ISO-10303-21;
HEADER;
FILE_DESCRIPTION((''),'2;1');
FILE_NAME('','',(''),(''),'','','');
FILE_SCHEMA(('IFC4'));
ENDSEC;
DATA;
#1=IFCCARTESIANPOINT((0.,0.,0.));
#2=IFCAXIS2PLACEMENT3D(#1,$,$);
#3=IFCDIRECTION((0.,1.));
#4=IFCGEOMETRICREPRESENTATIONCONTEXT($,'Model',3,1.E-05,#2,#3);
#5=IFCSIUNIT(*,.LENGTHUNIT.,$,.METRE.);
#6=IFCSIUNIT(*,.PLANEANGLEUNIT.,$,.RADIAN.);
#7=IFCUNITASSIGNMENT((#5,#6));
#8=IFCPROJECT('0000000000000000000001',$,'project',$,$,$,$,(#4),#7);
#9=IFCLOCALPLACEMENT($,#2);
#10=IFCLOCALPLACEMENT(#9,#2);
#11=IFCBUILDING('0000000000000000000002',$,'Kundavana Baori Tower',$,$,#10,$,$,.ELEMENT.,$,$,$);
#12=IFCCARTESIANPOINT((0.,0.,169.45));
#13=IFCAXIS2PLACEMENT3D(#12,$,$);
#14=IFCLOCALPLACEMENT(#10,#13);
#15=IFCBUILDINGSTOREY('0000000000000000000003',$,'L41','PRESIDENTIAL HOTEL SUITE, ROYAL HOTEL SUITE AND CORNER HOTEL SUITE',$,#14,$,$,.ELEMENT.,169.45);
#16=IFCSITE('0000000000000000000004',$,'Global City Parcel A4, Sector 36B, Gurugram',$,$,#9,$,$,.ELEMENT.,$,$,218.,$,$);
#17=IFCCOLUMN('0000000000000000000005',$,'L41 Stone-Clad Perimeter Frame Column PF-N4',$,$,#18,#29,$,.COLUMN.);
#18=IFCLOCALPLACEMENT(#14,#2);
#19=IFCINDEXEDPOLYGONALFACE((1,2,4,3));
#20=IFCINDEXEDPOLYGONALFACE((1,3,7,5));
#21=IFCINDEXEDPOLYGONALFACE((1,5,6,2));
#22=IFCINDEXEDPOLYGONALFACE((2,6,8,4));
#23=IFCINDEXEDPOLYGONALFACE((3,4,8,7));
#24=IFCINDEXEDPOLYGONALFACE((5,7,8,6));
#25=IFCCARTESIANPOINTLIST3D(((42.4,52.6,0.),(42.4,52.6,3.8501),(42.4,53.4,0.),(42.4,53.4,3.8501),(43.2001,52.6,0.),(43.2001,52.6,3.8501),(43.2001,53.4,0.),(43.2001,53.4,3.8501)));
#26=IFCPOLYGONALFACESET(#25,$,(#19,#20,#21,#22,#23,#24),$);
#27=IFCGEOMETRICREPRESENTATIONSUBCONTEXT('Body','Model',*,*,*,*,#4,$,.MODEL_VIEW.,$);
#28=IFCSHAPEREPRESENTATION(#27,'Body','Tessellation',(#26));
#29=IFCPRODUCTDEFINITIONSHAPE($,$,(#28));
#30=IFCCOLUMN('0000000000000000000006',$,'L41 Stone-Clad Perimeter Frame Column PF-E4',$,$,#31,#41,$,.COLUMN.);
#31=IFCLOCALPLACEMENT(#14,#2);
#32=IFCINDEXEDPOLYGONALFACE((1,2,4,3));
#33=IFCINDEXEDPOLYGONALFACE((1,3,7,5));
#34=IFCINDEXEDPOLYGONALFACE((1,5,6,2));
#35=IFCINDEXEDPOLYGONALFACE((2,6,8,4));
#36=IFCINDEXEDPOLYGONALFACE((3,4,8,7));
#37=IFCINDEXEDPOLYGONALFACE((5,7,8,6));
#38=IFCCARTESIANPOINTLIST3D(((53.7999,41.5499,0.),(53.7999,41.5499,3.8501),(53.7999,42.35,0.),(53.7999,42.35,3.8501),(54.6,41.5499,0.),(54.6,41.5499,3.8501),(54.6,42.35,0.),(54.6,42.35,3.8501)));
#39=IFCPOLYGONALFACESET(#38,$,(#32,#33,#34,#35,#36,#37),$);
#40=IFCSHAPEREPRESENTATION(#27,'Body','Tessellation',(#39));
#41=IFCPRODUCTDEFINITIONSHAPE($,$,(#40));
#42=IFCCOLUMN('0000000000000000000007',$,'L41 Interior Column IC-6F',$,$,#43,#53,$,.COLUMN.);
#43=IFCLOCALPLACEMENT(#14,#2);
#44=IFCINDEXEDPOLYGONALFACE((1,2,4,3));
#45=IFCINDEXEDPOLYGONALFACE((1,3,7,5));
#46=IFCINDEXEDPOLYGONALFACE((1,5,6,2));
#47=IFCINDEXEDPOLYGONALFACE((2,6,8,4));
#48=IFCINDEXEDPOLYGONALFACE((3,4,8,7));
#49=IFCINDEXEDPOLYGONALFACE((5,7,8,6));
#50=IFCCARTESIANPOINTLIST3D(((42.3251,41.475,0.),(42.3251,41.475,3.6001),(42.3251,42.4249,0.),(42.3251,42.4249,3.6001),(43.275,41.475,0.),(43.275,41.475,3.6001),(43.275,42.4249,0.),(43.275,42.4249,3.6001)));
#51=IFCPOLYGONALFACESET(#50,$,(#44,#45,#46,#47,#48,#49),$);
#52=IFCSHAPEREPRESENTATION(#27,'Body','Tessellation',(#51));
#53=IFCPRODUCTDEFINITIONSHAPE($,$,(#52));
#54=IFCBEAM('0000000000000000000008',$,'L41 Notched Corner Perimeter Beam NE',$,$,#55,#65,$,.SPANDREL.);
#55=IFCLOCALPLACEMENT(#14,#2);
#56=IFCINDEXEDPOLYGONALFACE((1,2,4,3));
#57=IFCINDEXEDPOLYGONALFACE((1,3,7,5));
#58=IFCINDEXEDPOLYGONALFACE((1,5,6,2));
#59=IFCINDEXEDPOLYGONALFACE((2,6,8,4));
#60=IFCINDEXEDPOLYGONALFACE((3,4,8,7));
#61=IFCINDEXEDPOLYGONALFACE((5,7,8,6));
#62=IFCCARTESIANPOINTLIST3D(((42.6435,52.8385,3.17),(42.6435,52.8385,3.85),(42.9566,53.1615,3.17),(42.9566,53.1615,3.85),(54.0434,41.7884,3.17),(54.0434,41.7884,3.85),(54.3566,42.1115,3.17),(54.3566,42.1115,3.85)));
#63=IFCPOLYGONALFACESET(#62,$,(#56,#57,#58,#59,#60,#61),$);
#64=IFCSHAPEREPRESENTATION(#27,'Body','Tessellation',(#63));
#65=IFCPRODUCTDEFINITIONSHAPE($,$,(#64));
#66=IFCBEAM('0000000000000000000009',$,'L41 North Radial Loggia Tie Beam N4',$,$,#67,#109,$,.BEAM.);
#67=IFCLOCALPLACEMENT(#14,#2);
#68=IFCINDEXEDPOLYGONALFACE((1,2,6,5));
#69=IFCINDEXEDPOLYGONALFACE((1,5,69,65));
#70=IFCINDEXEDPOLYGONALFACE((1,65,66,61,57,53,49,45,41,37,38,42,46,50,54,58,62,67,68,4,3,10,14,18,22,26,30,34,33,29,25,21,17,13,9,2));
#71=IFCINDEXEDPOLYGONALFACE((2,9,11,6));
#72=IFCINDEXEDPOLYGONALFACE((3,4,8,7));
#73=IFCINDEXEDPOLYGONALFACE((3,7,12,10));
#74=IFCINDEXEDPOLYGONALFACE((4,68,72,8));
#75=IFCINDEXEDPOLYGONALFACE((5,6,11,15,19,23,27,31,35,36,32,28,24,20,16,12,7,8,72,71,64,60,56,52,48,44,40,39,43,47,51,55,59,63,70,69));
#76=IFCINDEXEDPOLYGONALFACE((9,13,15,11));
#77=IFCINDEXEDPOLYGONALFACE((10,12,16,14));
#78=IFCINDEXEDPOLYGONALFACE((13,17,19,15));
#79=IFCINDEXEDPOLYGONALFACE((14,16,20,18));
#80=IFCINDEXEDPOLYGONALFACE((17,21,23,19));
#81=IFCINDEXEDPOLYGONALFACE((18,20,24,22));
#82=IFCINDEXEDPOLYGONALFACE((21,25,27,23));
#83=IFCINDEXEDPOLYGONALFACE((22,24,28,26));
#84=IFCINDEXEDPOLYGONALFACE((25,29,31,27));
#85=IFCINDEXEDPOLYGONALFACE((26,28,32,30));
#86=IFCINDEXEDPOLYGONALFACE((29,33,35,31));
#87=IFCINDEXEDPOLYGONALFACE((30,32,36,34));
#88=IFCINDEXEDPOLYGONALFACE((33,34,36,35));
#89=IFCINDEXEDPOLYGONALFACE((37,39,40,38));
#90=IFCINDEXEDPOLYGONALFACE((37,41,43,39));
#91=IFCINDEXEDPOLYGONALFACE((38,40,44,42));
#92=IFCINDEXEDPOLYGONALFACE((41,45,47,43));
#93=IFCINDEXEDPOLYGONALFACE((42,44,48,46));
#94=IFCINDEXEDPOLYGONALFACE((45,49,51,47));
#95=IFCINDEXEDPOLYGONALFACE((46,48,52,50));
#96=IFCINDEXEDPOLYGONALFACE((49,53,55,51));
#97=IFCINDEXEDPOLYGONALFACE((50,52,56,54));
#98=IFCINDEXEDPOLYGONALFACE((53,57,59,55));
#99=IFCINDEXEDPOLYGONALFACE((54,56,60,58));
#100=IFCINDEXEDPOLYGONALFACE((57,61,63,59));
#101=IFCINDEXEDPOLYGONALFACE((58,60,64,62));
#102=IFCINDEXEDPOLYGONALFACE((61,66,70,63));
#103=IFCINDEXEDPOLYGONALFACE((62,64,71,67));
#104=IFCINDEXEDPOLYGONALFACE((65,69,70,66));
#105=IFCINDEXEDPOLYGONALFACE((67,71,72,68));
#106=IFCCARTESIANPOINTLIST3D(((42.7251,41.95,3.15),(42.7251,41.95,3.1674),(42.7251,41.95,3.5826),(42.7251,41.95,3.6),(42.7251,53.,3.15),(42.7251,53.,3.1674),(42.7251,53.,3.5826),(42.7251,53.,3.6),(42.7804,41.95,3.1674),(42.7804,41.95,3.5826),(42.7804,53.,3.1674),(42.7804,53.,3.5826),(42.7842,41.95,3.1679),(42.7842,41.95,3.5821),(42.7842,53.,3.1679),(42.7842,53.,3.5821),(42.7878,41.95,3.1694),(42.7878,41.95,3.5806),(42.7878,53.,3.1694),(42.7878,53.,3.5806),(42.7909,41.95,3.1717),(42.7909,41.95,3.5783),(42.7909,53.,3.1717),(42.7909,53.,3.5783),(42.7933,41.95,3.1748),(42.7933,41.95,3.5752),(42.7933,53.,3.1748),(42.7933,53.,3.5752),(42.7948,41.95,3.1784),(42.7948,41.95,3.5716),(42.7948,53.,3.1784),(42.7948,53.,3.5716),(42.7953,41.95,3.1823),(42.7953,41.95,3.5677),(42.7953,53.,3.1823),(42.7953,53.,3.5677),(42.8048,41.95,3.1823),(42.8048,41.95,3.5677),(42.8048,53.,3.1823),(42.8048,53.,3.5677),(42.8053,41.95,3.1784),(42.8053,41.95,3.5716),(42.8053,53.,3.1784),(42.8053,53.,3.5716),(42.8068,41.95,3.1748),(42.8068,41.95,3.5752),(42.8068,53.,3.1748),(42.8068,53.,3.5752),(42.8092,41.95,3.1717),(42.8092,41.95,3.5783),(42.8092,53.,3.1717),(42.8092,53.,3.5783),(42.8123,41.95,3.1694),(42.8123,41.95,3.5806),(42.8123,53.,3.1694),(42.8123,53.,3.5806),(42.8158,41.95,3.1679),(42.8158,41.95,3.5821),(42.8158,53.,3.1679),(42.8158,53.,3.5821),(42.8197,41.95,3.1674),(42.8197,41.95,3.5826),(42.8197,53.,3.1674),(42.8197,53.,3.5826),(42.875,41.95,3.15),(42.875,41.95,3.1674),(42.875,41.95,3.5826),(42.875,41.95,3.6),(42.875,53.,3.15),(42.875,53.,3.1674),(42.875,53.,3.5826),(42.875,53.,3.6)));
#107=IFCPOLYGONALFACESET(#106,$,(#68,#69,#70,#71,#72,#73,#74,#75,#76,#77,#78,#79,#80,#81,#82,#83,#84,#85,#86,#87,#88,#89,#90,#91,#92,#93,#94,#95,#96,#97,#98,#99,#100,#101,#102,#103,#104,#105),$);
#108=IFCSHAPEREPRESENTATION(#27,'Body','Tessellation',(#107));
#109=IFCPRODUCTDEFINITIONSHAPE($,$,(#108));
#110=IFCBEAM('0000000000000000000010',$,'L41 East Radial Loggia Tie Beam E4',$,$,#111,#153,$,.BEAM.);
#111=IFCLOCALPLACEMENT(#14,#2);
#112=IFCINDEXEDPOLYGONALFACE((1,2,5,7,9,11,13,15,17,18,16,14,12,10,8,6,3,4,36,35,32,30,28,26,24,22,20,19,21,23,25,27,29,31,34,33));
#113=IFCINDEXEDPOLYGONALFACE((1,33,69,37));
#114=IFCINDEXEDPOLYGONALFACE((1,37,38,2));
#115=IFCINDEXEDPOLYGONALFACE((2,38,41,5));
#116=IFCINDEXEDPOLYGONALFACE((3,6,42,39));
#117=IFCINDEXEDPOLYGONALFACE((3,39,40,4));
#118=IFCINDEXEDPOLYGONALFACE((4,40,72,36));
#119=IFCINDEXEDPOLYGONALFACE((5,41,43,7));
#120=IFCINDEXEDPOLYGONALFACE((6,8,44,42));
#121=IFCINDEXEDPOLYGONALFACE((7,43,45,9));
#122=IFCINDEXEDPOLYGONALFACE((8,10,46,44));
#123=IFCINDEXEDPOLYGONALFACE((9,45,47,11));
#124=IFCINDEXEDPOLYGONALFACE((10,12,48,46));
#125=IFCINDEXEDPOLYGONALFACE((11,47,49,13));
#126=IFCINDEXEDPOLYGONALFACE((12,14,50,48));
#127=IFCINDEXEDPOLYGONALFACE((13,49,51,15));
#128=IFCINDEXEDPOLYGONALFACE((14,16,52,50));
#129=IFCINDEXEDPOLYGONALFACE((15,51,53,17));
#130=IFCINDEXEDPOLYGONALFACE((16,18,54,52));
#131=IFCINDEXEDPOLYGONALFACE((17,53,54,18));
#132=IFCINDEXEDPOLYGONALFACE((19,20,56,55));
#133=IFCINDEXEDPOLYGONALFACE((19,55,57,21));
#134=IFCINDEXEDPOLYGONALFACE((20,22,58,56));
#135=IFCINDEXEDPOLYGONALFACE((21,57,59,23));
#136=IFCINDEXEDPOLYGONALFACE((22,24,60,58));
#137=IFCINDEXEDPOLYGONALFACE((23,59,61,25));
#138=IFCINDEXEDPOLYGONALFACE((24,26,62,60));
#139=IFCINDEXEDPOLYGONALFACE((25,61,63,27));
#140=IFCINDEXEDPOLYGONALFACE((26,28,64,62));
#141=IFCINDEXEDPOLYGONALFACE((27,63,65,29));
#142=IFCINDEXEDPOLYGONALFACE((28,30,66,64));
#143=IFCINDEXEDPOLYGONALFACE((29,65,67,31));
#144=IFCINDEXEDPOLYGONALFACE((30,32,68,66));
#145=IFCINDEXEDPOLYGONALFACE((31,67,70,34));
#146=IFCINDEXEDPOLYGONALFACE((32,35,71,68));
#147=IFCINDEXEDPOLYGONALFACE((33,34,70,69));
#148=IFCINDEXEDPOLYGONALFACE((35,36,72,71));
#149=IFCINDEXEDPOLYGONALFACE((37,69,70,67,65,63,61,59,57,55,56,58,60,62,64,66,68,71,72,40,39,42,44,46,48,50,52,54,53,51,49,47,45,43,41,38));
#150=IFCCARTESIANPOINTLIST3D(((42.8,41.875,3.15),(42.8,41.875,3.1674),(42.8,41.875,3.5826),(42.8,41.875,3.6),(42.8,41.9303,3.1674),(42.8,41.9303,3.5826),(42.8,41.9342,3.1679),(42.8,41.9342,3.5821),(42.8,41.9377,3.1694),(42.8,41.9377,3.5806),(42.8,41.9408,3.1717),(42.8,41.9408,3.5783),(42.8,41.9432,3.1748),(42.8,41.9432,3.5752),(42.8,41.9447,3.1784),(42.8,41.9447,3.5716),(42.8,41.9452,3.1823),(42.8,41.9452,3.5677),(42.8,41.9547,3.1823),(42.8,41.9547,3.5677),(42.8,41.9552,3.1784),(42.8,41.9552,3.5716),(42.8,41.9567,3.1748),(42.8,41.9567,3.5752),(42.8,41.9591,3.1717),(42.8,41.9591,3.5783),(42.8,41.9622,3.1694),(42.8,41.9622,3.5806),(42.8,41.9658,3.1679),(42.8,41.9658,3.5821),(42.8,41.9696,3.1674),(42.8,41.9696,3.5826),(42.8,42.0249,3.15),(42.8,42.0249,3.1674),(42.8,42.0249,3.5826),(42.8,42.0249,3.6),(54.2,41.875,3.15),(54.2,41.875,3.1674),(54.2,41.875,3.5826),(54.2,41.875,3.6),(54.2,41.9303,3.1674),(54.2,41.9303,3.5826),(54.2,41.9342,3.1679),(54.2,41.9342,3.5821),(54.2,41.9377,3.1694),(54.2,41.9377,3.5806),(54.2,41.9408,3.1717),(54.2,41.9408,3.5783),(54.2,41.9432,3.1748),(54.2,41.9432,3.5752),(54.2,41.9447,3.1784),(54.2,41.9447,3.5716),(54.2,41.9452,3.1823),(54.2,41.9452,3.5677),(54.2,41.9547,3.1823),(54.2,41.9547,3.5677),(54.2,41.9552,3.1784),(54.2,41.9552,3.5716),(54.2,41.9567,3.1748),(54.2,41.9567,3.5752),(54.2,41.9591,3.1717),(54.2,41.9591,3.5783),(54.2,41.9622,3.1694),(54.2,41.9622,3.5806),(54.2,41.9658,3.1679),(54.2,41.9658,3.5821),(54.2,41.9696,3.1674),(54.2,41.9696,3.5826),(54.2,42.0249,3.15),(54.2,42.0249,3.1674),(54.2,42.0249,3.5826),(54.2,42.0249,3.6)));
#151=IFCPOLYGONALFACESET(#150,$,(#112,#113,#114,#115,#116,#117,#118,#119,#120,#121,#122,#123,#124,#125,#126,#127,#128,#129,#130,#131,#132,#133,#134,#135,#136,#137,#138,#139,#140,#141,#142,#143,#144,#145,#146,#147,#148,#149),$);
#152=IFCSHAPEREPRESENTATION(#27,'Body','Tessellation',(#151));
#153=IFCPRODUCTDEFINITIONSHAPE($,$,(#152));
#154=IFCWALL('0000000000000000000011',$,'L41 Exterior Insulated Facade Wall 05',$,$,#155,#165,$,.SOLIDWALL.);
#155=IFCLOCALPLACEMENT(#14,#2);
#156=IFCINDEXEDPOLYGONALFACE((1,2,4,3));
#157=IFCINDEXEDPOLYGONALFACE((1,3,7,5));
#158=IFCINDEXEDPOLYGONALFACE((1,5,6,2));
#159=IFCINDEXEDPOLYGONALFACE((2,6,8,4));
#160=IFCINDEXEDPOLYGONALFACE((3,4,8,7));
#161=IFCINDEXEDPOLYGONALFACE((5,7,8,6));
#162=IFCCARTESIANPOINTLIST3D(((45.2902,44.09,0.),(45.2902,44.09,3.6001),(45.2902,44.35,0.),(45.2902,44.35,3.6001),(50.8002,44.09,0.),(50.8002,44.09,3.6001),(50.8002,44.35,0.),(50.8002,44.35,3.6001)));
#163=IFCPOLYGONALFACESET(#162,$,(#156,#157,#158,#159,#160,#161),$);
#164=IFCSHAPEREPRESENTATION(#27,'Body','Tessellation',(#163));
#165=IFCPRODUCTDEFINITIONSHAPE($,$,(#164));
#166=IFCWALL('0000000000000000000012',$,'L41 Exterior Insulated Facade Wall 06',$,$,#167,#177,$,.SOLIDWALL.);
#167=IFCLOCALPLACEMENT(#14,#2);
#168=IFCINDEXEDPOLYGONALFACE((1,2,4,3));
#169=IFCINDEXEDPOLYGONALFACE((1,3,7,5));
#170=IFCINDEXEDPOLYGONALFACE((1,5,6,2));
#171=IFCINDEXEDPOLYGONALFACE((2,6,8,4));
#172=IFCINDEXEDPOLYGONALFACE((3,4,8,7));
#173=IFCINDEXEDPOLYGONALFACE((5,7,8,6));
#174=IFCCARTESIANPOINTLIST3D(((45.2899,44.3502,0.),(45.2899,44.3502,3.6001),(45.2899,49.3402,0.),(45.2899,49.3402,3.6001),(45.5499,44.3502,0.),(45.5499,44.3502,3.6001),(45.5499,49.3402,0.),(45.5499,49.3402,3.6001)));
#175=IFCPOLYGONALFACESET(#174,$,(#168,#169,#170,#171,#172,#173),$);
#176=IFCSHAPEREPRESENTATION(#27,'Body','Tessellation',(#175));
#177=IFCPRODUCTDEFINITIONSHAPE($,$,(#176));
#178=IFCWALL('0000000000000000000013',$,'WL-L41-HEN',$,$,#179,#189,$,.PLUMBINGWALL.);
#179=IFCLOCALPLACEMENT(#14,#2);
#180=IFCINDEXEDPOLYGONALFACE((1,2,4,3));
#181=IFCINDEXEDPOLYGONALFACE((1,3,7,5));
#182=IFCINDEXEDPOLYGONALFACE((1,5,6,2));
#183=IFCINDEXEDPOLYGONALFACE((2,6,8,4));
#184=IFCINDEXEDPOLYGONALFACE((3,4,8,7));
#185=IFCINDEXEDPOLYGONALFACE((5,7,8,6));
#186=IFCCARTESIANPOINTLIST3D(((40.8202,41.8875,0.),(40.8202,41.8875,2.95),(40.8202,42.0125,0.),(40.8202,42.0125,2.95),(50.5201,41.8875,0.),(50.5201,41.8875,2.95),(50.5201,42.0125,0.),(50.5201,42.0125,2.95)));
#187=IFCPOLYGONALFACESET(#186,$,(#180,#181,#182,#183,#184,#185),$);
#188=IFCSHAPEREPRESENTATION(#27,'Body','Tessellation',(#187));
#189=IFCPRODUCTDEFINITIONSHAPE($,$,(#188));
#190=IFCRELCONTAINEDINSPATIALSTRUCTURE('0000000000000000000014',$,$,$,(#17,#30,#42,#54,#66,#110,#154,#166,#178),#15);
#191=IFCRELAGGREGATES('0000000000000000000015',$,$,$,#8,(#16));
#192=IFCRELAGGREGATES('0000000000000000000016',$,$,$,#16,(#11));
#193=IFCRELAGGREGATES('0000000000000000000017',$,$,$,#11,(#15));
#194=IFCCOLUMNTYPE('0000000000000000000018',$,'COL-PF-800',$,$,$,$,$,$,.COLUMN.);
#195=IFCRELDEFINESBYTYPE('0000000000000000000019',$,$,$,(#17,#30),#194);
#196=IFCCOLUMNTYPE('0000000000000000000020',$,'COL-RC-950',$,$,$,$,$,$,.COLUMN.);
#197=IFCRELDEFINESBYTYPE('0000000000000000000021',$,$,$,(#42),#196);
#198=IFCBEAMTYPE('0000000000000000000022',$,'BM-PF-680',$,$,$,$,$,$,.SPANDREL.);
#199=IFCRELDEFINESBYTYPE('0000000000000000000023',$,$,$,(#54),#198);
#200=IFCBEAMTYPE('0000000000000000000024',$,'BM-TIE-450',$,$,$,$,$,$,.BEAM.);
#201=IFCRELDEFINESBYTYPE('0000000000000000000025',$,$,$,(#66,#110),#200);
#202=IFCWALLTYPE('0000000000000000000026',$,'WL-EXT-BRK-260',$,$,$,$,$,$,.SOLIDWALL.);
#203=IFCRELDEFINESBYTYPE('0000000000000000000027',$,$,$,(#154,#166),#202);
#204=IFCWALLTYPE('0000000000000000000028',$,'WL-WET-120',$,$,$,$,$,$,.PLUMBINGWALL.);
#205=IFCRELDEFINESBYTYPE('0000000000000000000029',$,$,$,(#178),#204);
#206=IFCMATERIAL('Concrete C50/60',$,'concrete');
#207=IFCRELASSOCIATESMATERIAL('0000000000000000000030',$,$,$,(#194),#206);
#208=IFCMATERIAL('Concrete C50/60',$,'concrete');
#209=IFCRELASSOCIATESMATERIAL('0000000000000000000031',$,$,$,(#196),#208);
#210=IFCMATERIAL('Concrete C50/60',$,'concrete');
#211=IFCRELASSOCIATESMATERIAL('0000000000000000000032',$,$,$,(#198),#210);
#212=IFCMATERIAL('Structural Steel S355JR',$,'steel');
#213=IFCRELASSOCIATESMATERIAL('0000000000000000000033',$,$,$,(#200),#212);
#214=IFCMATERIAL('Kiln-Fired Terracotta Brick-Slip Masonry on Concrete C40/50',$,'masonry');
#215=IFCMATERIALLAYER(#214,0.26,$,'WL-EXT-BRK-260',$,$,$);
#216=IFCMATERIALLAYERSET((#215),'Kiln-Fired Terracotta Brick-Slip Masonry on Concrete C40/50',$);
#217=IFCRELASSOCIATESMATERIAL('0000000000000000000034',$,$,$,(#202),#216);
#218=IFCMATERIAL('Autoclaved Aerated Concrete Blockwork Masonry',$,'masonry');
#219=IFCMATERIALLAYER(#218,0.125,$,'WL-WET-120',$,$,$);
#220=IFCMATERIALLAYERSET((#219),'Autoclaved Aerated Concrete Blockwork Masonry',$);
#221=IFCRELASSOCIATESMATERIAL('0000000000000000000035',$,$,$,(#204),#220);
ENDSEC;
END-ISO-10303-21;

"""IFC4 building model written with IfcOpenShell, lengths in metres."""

from ifc_helpers import new_model, si_unit, direction, frame, frame_2d, origin, origin_2d, place, context, subcontext, project, spatial, rectangle, i_section, extrude, material, layer, layer_set, material_profile, profile_set, type_object, element, save


model = new_model("IFC4")

# Units and contexts
model_context = context("Model", 3, precision=1e-05, world=origin(), true_north=direction((0.0, 1.0)))
body_context = subcontext(model_context, "Body", "Model", "MODEL_VIEW")
ifc_project = project(units=[si_unit("LENGTHUNIT", "METRE"), si_unit("PLANEANGLEUNIT", "RADIAN")], contexts=[model_context])

# Site, building, storey
site_placement = place(None, origin())
site = spatial("IfcSite", under=ifc_project, at=site_placement, Name="Global City Parcel A4, Sector 36B, Gurugram", CompositionType="ELEMENT", RefElevation=218.0)
building_placement = place(site_placement, origin())
building = spatial("IfcBuilding", under=site, at=building_placement, Name="Kundavana Baori Tower", CompositionType="ELEMENT")
storey_placement = place(building_placement, frame((0.0, 0.0, 169.45)))
storey = spatial("IfcBuildingStorey", under=building, at=storey_placement, Name="L41", Description="PRESIDENTIAL HOTEL SUITE, ROYAL HOTEL SUITE AND CORNER HOTEL SUITE", CompositionType="ELEMENT", Elevation=169.45)

# Columns
ifc_material_1 = material(Name="Concrete C50/60", Category="concrete")
ifc_material_profile_1 = material_profile(ifc_material_1, rectangle(XDim=0.8, YDim=0.8, at=origin_2d()), Name="RC PF 800x800")
ifc_profile_set_1 = profile_set([ifc_material_profile_1], Name="Concrete C50/60")
column_type_1 = type_object("IfcColumnType", Name="COL-PF-800", PredefinedType="COLUMN", material=ifc_profile_set_1)
for number, where, z_axis, x_axis, name in (
    (1, (42.8, 53.0, 0.0), (0.0, 0.0, 1.0), (1.0, 0.0, 0.0), "L41 Stone-Clad Perimeter Frame Column PF-N4"),
    (2, (54.2, 41.95, 0.0), (0.0, 0.0, 1.0), (1.0, 0.0, 0.0), "L41 Stone-Clad Perimeter Frame Column PF-E4"),
):
    element("IfcColumn", number, at=place(storey_placement, frame(where, z_axis=z_axis, x_axis=x_axis)), inside=storey, type_object=column_type_1, Name=name, PredefinedType="COLUMN", context=body_context, shape_type="SweptSolid", body=[
        extrude(rectangle(XDim=0.8, YDim=0.8, at=origin_2d()), origin(), (0.0, 0.0, 1.0), 3.8501),
    ])
ifc_material_2 = material(Name="Concrete C50/60", Category="concrete")
ifc_material_profile_2 = material_profile(ifc_material_2, rectangle(XDim=0.95, YDim=0.95, at=origin_2d()), Name="RC 950x950")
ifc_profile_set_2 = profile_set([ifc_material_profile_2], Name="Concrete C50/60")
column_type_2 = type_object("IfcColumnType", Name="COL-RC-950", PredefinedType="COLUMN", material=ifc_profile_set_2)
column_placement = place(storey_placement, frame((42.8, 41.95, 0.0), z_axis=(0.0, 0.0, 1.0), x_axis=(1.0, 0.0, 0.0)))
element("IfcColumn", 3, at=column_placement, inside=storey, type_object=column_type_2, Name="L41 Interior Column IC-6F", PredefinedType="COLUMN", context=body_context, shape_type="SweptSolid", body=[
    extrude(rectangle(XDim=0.95, YDim=0.95, at=origin_2d()), origin(), (0.0, 0.0, 1.0), 3.6001),
])

# Beams
ifc_material_3 = material(Name="Concrete C50/60", Category="concrete")
ifc_material_profile_3 = material_profile(ifc_material_3, rectangle(XDim=0.45, YDim=0.6799, at=origin_2d()), Name="RC BM 450x680")
ifc_profile_set_3 = profile_set([ifc_material_profile_3], Name="Concrete C50/60")
beam_type_1 = type_object("IfcBeamType", Name="BM-PF-680", PredefinedType="SPANDREL", material=ifc_profile_set_3)
beam_1_placement = place(storey_placement, frame((42.8, 53.0, 3.51), z_axis=(0.718039, -0.696003, 0.0), x_axis=(0.696003, 0.718039, 0.0)))
element("IfcBeam", 4, at=beam_1_placement, inside=storey, type_object=beam_type_1, Name="L41 Notched Corner Perimeter Beam NE", PredefinedType="SPANDREL", context=body_context, shape_type="SweptSolid", body=[
    extrude(rectangle(XDim=0.45, YDim=0.6799, at=origin_2d()), origin(), (0.0, 0.0, 1.0), 15.8765),
])
ifc_material_4 = material(Name="Structural Steel S355JR", Category="steel")
ifc_material_profile_4 = material_profile(ifc_material_4, i_section(OverallWidth=0.1499, OverallDepth=0.45, WebThickness=0.0095, FlangeThickness=0.0173, FilletRadius=0.0149, at=origin_2d()), Name="ISMB 450")
ifc_profile_set_4 = profile_set([ifc_material_profile_4], Name="Structural Steel S355JR")
beam_type_2 = type_object("IfcBeamType", Name="BM-TIE-450", PredefinedType="BEAM", material=ifc_profile_set_4)
beam_2_placement = place(storey_placement, frame((42.8, 41.95, 3.375), z_axis=(0.0, 1.0, 0.0), x_axis=(-1.0, 0.0, 0.0)))
element("IfcBeam", 5, at=beam_2_placement, inside=storey, type_object=beam_type_2, Name="L41 North Radial Loggia Tie Beam N4", PredefinedType="BEAM", context=body_context, shape_type="SweptSolid", body=[
    extrude(i_section(OverallWidth=0.1499, OverallDepth=0.45, WebThickness=0.0095, FlangeThickness=0.0173, FilletRadius=0.0149, at=origin_2d()), origin(), (0.0, 0.0, 1.0), 11.05),
])
beam_3_placement = place(storey_placement, frame((42.8, 41.95, 3.375), z_axis=(1.0, 0.0, 0.0), x_axis=(0.0, 1.0, 0.0)))
element("IfcBeam", 6, at=beam_3_placement, inside=storey, type_object=beam_type_2, Name="L41 East Radial Loggia Tie Beam E4", PredefinedType="BEAM", context=body_context, shape_type="SweptSolid", body=[
    extrude(i_section(OverallWidth=0.1499, OverallDepth=0.45, WebThickness=0.0095, FlangeThickness=0.0173, FilletRadius=0.0149, at=origin_2d()), origin(), (0.0, 0.0, 1.0), 11.3999),
])

# Walls
ifc_material_5 = material(Name="Kiln-Fired Terracotta Brick-Slip Masonry on Concrete C40/50", Category="masonry")
ifc_layer_1 = layer(ifc_material_5, 0.26, Name="WL-EXT-BRK-260")
ifc_layer_set_1 = layer_set([ifc_layer_1], Name="Kiln-Fired Terracotta Brick-Slip Masonry on Concrete C40/50")
wall_type_1 = type_object("IfcWallType", Name="WL-EXT-BRK-260", PredefinedType="SOLIDWALL", material=ifc_layer_set_1)
wall_1_placement = place(storey_placement, frame((50.8, 44.22, 0.0), z_axis=(0.0, 0.0, 1.0), x_axis=(-1.0, 0.0, 0.0)))
element("IfcWall", 7, at=wall_1_placement, inside=storey, type_object=wall_type_1, Name="L41 Exterior Insulated Facade Wall 05", PredefinedType="SOLIDWALL", context=body_context, shape_type="SweptSolid", body=[
    extrude(rectangle(XDim=5.51, YDim=0.26, at=frame_2d((2.7549, 0.0))), origin(), (0.0, 0.0, 1.0), 3.6001),
])
wall_2_placement = place(storey_placement, frame((45.4199, 44.3501, 0.0), z_axis=(0.0, 0.0, 1.0), x_axis=(0.0, 1.0, 0.0)))
element("IfcWall", 8, at=wall_2_placement, inside=storey, type_object=wall_type_1, Name="L41 Exterior Insulated Facade Wall 06", PredefinedType="SOLIDWALL", context=body_context, shape_type="SweptSolid", body=[
    extrude(rectangle(XDim=4.99, YDim=0.26, at=frame_2d((2.4951, 0.0))), origin(), (0.0, 0.0, 1.0), 3.6001),
])

# Wall
ifc_material_6 = material(Name="Autoclaved Aerated Concrete Blockwork Masonry", Category="masonry")
ifc_layer_2 = layer(ifc_material_6, 0.125, Name="WL-WET-120")
ifc_layer_set_2 = layer_set([ifc_layer_2], Name="Autoclaved Aerated Concrete Blockwork Masonry")
wall_type_2 = type_object("IfcWallType", Name="WL-WET-120", PredefinedType="PLUMBINGWALL", material=ifc_layer_set_2)
wall_3_placement = place(storey_placement, frame((40.8201, 41.95, 0.0), z_axis=(0.0, 0.0, 1.0), x_axis=(1.0, 0.0, 0.0)))
element("IfcWall", 9, at=wall_3_placement, inside=storey, type_object=wall_type_2, Name="WL-L41-HEN", PredefinedType="PLUMBINGWALL", context=body_context, shape_type="SweptSolid", body=[
    extrude(rectangle(XDim=9.7, YDim=0.125, at=frame_2d((4.8501, 0.0))), origin(), (0.0, 0.0, 1.0), 2.95),
])

save(model, "model.ifc")
